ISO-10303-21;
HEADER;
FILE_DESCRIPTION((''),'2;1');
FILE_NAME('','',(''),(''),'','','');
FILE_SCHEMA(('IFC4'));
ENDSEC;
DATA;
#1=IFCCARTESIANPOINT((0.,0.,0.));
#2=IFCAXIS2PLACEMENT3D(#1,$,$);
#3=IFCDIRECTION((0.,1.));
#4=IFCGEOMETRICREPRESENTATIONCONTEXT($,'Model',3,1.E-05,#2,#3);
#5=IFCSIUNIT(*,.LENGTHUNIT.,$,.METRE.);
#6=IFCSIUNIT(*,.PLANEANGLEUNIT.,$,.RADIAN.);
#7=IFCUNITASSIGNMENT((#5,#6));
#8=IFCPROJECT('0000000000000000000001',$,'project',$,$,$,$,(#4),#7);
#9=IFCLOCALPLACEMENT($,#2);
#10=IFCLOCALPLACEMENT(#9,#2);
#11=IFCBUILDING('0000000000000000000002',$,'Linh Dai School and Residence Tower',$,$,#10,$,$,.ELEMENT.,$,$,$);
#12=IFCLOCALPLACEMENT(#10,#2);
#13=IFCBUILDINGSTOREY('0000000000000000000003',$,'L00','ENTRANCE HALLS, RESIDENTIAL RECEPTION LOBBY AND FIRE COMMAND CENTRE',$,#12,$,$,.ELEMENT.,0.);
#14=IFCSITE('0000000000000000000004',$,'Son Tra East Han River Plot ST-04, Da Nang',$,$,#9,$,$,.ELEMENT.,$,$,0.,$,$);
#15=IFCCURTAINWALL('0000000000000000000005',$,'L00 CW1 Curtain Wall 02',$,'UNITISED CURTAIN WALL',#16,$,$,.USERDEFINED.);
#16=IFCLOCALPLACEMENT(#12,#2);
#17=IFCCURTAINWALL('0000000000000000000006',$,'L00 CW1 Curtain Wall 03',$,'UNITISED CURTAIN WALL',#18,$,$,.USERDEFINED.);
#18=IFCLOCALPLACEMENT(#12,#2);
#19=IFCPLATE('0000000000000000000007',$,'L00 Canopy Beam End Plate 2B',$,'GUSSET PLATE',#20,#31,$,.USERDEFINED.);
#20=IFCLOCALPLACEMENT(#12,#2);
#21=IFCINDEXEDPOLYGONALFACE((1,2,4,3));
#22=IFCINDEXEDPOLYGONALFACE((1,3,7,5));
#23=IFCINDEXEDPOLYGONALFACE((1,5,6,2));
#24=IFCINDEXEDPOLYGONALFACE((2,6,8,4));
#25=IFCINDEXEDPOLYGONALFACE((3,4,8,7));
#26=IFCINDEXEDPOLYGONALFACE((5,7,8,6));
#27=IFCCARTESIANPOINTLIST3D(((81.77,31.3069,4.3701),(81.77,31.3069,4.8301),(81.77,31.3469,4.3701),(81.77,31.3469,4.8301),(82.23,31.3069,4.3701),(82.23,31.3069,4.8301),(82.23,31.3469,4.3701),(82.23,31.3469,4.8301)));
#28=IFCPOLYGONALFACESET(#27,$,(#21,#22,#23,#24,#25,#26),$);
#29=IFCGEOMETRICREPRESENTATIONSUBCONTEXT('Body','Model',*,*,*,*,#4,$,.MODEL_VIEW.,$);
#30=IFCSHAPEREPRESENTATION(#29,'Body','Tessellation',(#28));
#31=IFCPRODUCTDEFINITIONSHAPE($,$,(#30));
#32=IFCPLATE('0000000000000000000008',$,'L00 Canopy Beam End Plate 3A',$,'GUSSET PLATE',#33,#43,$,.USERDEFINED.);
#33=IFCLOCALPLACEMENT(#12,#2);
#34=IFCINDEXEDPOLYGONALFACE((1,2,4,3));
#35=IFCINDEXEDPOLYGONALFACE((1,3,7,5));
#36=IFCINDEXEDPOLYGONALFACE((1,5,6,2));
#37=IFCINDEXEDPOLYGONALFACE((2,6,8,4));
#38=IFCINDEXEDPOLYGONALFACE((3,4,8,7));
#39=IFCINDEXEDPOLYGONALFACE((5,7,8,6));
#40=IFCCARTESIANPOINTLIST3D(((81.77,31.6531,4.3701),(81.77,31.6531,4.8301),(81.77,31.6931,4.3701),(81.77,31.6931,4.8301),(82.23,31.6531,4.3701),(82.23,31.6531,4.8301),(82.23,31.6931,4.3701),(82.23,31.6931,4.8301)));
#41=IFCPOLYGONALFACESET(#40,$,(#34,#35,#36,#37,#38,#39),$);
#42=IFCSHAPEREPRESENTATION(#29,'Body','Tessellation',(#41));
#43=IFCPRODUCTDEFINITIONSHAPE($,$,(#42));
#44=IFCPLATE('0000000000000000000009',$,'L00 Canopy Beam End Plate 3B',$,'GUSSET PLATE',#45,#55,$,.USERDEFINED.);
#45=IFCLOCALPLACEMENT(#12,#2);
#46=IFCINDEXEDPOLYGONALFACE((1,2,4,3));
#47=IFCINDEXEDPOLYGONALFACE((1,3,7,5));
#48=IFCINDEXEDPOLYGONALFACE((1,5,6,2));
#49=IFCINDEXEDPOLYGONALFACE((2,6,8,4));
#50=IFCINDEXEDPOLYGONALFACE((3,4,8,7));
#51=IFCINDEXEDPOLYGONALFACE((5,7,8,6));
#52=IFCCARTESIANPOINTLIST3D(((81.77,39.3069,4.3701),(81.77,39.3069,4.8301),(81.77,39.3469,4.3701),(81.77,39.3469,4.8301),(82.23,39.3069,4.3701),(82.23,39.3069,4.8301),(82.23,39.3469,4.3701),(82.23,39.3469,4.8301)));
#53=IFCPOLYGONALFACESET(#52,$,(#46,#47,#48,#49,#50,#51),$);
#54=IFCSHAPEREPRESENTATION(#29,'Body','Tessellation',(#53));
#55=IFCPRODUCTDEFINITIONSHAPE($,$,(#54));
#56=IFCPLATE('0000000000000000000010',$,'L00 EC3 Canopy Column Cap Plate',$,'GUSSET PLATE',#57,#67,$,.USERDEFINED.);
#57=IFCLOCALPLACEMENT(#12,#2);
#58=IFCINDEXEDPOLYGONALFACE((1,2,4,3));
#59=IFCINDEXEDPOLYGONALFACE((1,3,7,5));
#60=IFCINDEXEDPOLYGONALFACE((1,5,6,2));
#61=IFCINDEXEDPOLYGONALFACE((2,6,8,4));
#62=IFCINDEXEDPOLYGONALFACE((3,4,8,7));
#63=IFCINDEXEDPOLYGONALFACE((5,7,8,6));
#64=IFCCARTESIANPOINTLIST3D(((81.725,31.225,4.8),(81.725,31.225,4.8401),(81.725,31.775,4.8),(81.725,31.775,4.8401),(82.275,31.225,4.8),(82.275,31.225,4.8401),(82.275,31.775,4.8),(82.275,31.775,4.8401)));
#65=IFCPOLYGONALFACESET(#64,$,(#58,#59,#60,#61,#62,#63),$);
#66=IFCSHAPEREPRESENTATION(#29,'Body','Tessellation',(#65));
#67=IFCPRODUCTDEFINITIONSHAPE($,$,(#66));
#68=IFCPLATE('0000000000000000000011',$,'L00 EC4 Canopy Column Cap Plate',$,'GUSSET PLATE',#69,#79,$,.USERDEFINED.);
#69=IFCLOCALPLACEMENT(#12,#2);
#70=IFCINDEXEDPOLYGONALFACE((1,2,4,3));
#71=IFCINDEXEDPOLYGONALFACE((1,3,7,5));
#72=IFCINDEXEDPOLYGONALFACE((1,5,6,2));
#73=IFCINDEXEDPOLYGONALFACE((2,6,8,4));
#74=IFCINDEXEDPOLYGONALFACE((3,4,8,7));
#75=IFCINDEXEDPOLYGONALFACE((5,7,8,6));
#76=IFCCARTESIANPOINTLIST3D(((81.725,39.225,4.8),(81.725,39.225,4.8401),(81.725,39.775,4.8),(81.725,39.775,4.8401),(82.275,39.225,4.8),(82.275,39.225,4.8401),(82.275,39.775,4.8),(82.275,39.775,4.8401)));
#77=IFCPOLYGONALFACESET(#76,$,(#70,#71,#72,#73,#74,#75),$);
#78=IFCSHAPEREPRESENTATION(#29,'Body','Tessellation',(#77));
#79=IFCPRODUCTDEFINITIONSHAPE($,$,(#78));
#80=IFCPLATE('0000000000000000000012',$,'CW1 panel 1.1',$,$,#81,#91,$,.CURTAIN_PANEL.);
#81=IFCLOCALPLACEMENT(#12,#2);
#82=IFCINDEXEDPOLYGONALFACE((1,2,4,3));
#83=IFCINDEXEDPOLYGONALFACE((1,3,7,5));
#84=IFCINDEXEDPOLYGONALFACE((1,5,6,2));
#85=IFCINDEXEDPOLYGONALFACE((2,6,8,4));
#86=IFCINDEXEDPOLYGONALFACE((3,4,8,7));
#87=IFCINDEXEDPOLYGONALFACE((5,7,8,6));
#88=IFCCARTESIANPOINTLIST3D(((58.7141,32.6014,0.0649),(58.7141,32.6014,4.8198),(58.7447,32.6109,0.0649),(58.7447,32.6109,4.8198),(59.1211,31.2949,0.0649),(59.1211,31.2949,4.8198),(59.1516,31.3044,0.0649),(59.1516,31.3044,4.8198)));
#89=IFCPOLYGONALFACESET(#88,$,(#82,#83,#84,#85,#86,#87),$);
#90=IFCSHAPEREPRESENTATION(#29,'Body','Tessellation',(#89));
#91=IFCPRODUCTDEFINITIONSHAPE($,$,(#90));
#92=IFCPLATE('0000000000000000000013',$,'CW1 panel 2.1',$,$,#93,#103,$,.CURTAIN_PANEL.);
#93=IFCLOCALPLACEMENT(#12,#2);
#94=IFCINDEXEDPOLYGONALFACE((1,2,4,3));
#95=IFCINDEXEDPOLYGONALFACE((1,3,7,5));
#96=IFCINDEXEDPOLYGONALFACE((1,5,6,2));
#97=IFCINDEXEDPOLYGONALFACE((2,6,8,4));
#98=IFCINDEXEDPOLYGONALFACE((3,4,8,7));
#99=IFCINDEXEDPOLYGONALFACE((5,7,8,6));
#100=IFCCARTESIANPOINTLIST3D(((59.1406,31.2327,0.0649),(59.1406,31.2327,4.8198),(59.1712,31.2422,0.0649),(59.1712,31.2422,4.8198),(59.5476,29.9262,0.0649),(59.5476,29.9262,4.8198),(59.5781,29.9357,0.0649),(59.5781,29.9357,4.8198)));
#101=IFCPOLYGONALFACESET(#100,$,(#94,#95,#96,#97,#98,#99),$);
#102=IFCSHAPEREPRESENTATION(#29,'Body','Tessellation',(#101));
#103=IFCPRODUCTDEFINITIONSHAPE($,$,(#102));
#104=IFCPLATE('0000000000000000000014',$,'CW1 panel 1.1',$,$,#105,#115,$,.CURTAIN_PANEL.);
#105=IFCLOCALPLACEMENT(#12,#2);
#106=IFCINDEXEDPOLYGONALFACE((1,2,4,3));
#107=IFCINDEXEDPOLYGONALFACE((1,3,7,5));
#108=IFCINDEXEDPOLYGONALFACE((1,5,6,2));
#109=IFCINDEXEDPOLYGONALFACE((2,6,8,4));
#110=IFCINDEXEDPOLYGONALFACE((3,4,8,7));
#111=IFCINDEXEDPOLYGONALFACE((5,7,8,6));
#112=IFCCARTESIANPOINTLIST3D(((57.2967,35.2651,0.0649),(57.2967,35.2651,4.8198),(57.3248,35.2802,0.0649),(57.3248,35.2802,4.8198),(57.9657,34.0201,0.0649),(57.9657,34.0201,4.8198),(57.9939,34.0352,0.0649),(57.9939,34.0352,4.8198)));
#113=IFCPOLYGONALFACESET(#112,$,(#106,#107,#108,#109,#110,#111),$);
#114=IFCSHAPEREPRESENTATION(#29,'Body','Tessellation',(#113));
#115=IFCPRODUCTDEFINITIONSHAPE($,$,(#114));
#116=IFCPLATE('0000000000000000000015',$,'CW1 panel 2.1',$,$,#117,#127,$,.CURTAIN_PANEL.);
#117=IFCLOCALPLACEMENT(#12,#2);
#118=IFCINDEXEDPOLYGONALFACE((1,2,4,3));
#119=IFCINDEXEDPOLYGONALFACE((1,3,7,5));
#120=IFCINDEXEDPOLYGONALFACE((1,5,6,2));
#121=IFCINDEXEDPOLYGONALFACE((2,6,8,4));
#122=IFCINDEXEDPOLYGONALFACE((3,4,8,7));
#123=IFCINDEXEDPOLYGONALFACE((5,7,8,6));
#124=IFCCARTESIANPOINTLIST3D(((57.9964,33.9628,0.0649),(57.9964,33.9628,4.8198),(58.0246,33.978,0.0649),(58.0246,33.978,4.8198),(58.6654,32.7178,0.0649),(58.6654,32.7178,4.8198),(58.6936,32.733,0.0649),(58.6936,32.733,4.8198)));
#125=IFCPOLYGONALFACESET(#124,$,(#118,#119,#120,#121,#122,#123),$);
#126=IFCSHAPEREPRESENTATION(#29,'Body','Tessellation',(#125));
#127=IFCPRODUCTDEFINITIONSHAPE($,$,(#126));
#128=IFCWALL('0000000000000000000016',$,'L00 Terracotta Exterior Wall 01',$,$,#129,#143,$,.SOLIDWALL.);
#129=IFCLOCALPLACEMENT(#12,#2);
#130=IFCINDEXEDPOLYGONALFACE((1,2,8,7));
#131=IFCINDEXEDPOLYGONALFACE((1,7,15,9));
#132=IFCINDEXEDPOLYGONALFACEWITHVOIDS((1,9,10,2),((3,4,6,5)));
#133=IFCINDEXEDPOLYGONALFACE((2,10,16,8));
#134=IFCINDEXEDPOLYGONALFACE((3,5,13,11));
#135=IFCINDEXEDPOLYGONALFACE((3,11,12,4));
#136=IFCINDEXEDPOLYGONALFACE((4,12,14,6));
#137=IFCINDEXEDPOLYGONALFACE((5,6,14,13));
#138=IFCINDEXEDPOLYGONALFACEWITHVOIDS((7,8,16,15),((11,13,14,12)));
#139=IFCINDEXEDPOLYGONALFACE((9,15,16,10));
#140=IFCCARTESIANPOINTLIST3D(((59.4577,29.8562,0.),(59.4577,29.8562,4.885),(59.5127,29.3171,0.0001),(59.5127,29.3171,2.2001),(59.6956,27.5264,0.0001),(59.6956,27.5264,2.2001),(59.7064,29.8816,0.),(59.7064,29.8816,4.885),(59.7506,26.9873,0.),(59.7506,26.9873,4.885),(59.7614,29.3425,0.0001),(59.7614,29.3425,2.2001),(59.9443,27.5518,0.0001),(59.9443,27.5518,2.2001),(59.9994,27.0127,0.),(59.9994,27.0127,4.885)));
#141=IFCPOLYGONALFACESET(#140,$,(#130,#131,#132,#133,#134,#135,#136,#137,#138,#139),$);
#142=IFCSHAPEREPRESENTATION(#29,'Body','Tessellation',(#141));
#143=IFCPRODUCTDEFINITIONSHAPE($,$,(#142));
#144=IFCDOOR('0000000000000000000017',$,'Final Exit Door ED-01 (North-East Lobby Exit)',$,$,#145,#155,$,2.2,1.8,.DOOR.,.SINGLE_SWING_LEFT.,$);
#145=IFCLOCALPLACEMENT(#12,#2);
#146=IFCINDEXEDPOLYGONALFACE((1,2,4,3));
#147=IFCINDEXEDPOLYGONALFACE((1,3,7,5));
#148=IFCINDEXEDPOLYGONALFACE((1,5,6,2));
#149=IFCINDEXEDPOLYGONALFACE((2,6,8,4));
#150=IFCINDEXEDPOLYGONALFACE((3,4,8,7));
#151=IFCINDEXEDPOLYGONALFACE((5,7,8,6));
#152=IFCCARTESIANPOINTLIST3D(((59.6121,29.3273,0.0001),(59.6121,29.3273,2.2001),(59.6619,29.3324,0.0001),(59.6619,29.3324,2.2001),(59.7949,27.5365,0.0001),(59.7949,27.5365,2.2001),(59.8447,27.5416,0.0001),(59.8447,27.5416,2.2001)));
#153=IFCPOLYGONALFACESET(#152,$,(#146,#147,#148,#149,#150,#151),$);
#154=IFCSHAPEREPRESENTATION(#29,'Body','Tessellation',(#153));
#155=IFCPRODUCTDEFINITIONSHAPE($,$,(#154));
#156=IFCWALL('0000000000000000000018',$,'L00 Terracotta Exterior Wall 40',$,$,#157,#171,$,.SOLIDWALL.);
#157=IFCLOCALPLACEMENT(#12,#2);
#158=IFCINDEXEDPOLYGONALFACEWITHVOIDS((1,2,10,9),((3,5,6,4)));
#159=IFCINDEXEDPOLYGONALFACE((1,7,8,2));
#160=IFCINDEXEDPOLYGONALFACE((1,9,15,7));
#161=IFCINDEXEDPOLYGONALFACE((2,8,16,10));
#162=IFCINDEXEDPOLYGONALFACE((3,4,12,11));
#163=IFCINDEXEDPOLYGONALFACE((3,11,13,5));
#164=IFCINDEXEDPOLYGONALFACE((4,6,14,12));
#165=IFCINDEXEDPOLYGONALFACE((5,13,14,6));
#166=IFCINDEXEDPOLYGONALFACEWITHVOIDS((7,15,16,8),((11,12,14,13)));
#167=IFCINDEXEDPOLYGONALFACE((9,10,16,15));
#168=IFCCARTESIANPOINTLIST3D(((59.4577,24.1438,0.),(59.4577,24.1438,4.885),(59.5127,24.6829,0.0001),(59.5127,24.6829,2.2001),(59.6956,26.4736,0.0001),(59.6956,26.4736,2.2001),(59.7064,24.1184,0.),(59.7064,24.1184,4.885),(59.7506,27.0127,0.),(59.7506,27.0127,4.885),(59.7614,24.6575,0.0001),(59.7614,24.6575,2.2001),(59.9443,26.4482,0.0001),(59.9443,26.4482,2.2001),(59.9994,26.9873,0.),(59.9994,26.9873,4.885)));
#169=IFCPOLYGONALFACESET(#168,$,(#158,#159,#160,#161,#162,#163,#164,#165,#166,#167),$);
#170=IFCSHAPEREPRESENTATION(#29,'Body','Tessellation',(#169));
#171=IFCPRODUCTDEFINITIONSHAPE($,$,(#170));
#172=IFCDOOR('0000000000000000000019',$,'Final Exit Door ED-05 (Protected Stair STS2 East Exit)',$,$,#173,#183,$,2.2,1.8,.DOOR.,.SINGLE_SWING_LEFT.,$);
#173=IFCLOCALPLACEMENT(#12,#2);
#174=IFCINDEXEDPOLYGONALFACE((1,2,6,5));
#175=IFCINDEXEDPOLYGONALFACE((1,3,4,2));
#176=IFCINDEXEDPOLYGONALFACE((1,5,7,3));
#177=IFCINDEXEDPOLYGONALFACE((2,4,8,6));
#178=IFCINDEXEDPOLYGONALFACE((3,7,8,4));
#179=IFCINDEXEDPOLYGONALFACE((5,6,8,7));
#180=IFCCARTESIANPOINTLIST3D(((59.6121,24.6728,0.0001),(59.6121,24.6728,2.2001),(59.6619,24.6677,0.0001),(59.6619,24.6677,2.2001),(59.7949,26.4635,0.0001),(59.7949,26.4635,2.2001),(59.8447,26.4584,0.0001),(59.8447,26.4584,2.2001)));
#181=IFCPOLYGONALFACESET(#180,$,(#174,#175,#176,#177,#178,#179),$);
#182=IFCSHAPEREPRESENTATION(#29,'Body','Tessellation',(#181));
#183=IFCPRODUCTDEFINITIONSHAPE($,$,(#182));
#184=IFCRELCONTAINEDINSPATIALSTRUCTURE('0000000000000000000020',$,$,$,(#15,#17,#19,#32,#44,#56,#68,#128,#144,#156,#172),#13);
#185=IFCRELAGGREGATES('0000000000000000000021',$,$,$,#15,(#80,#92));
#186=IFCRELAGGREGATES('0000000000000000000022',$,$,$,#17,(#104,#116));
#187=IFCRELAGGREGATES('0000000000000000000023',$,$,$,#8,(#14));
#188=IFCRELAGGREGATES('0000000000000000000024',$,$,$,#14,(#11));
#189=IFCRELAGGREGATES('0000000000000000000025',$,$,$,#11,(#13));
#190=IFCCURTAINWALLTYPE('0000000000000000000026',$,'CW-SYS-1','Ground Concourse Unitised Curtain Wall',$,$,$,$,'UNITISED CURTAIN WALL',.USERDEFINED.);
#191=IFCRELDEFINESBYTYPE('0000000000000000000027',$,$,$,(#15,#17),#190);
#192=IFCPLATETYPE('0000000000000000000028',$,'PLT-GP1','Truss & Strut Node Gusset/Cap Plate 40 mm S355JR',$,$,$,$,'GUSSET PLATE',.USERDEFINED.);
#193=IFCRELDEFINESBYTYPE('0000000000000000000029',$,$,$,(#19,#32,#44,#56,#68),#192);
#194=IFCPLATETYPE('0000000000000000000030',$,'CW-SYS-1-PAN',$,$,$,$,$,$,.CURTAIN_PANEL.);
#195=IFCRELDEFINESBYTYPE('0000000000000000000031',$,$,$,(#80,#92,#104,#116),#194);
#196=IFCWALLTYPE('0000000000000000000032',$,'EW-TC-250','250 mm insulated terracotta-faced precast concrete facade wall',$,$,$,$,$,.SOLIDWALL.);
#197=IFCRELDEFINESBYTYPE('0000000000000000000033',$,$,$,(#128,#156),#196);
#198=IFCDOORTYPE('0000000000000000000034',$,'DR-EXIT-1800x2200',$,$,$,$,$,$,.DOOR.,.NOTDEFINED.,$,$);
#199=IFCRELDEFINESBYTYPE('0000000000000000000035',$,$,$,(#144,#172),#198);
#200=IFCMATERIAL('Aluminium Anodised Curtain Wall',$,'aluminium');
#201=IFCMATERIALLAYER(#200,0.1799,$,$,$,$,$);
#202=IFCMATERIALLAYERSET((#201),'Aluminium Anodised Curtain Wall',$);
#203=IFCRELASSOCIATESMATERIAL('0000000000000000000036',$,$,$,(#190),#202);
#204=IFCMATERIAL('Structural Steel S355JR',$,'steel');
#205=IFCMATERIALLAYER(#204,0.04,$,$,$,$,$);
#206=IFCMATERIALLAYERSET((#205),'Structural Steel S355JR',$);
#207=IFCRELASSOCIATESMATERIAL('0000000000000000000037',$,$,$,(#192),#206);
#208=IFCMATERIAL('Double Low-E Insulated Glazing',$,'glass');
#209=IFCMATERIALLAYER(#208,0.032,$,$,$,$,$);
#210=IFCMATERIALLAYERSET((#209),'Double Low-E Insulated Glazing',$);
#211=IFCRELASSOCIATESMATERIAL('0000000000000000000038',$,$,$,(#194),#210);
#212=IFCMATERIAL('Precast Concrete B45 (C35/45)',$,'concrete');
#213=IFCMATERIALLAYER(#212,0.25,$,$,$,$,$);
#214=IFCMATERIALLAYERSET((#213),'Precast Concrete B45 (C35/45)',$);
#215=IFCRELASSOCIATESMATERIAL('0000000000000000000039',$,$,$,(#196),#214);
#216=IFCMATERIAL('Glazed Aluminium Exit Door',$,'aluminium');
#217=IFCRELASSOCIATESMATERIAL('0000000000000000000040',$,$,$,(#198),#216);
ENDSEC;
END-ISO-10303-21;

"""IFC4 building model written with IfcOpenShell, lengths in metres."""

from ifc_helpers import new_model, si_unit, direction, frame, frame_2d, origin, origin_2d, place, context, subcontext, project, spatial, rectangle, extrude, source, transform, mapped, material, layer, layer_set, type_object, element, fill, aggregate, save


model = new_model("IFC4")

# Units and contexts
model_context = context("Model", 3, precision=1e-05, world=origin(), true_north=direction((0.0, 1.0)))
body_context = subcontext(model_context, "Body", "Model", "MODEL_VIEW")
ifc_project = project(units=[si_unit("LENGTHUNIT", "METRE"), si_unit("PLANEANGLEUNIT", "RADIAN")], contexts=[model_context])

# Site, building, storey
site_placement = place(None, origin())
site = spatial("IfcSite", under=ifc_project, at=site_placement, Name="Son Tra East Han River Plot ST-04, Da Nang", CompositionType="ELEMENT", RefElevation=0.0)
building_placement = place(site_placement, origin())
building = spatial("IfcBuilding", under=site, at=building_placement, Name="Linh Dai School and Residence Tower", CompositionType="ELEMENT")
storey_placement = place(building_placement, origin())
storey = spatial("IfcBuildingStorey", under=building, at=storey_placement, Name="L00", Description="ENTRANCE HALLS, RESIDENTIAL RECEPTION LOBBY AND FIRE COMMAND CENTRE", CompositionType="ELEMENT", Elevation=0.0)

# Shared definitions
ifc_material_1 = material(Name="Structural Steel S355JR", Category="steel")

# Curtain walls
ifc_material_2 = material(Name="Aluminium Anodised Curtain Wall", Category="aluminium")
ifc_layer_1 = layer(ifc_material_2, 0.1799)
ifc_layer_set_1 = layer_set([ifc_layer_1], Name="Aluminium Anodised Curtain Wall")
curtain_wall_type = type_object("IfcCurtainWallType", Name="CW-SYS-1", Description="Ground Concourse Unitised Curtain Wall", ElementType="UNITISED CURTAIN WALL", PredefinedType="USERDEFINED", material=ifc_layer_set_1)
curtain_wall_1_placement = place(storey_placement, origin())
curtain_wall_1 = element("IfcCurtainWall", 1, at=curtain_wall_1_placement, inside=storey, type_object=curtain_wall_type, Name="L00 CW1 Curtain Wall 02", ObjectType="UNITISED CURTAIN WALL", PredefinedType="USERDEFINED")
curtain_wall_2_placement = place(storey_placement, origin())
curtain_wall_2 = element("IfcCurtainWall", 2, at=curtain_wall_2_placement, inside=storey, type_object=curtain_wall_type, Name="L00 CW1 Curtain Wall 03", ObjectType="UNITISED CURTAIN WALL", PredefinedType="USERDEFINED")

# Plates
ifc_layer_2 = layer(ifc_material_1, 0.04)
ifc_layer_set_2 = layer_set([ifc_layer_2], Name="Structural Steel S355JR")
plate_type_1 = type_object("IfcPlateType", Name="PLT-GP1", Description="Truss & Strut Node Gusset/Cap Plate 40 mm S355JR", ElementType="GUSSET PLATE", PredefinedType="USERDEFINED", material=ifc_layer_set_2)
shared_shape_1 = source(origin(), body_context, "Body", "SweptSolid", [
    extrude(rectangle(XDim=0.46, YDim=0.04, at=origin_2d()), origin(), (0.0, 0.0, 1.0), 0.46),
])
for number, where, z_axis, x_axis, name in (
    (3, (82.0, 31.3269, 4.3701), (0.0, 0.0, 1.0), (1.0, 0.0, 0.0), "L00 Canopy Beam End Plate 2B"),
    (4, (82.0, 31.6731, 4.3701), (0.0, 0.0, 1.0), (1.0, 0.0, 0.0), "L00 Canopy Beam End Plate 3A"),
    (5, (82.0, 39.3269, 4.3701), (0.0, 0.0, 1.0), (1.0, 0.0, 0.0), "L00 Canopy Beam End Plate 3B"),
):
    element("IfcPlate", number, at=place(storey_placement, frame(where, z_axis=z_axis, x_axis=x_axis)), inside=storey, type_object=plate_type_1, Name=name, ObjectType="GUSSET PLATE", PredefinedType="USERDEFINED", context=body_context, shape_type="MappedRepresentation", body=[
        mapped(shared_shape_1, transform((0.0, 0.0, 0.0), x_axis=(1.0, 0.0, 0.0), y_axis=(0.0, 1.0, 0.0), z_axis=(0.0, 0.0, 1.0), scale=1.0)),
    ])
shared_shape_2 = source(origin(), body_context, "Body", "SweptSolid", [
    extrude(rectangle(XDim=0.55, YDim=0.55, at=origin_2d()), origin(), (0.0, 0.0, 1.0), 0.04),
])
for number, where, z_axis, x_axis, name in (
    (6, (82.0, 31.5, 4.8), (0.0, 0.0, 1.0), (1.0, 0.0, 0.0), "L00 EC3 Canopy Column Cap Plate"),
    (7, (82.0, 39.5, 4.8), (0.0, 0.0, 1.0), (1.0, 0.0, 0.0), "L00 EC4 Canopy Column Cap Plate"),
):
    element("IfcPlate", number, at=place(storey_placement, frame(where, z_axis=z_axis, x_axis=x_axis)), inside=storey, type_object=plate_type_1, Name=name, ObjectType="GUSSET PLATE", PredefinedType="USERDEFINED", context=body_context, shape_type="MappedRepresentation", body=[
        mapped(shared_shape_2, transform((0.0, 0.0, 0.0), x_axis=(1.0, 0.0, 0.0), y_axis=(0.0, 1.0, 0.0), z_axis=(0.0, 0.0, 1.0), scale=1.0)),
    ])

# Plates
ifc_material_3 = material(Name="Double Low-E Insulated Glazing", Category="glass")
ifc_layer_3 = layer(ifc_material_3, 0.032)
ifc_layer_set_3 = layer_set([ifc_layer_3], Name="Double Low-E Insulated Glazing")
plate_type_2 = type_object("IfcPlateType", Name="CW-SYS-1-PAN", PredefinedType="CURTAIN_PANEL", material=ifc_layer_set_3)
shared_shape_3 = source(origin(), body_context, "Body", "SweptSolid", [
    extrude(rectangle(XDim=1.3684, YDim=0.032, at=origin_2d()), origin(), (0.0, 0.0, 1.0), 4.7549),
])
plate_1_placement = place(storey_placement, frame((58.9329, 31.9529, 0.0649), z_axis=(0.0, 0.0, 1.0), x_axis=(0.297375, -0.954761, 0.0)))
plate_1 = element("IfcPlate", 8, at=plate_1_placement, type_object=plate_type_2, Name="CW1 panel 1.1", PredefinedType="CURTAIN_PANEL", context=body_context, shape_type="MappedRepresentation", body=[
    mapped(shared_shape_3, transform((0.0, 0.0, 0.0), x_axis=(1.0, 0.0, 0.0), y_axis=(0.0, 1.0, 0.0), z_axis=(0.0, 0.0, 1.0), scale=1.0)),
])
plate_2_placement = place(storey_placement, frame((59.3594, 30.5842, 0.0649), z_axis=(0.0, 0.0, 1.0), x_axis=(0.297375, -0.954761, 0.0)))
plate_2 = element("IfcPlate", 9, at=plate_2_placement, type_object=plate_type_2, Name="CW1 panel 2.1", PredefinedType="CURTAIN_PANEL", context=body_context, shape_type="MappedRepresentation", body=[
    mapped(shared_shape_3, transform((0.0, 0.0, 0.0), x_axis=(1.0, 0.0, 0.0), y_axis=(0.0, 1.0, 0.0), z_axis=(0.0, 0.0, 1.0), scale=1.0)),
])
aggregate(curtain_wall_1, [plate_1, plate_2])
shared_shape_4 = source(origin(), body_context, "Body", "SweptSolid", [
    extrude(rectangle(XDim=1.4133, YDim=0.032, at=origin_2d()), origin(), (0.0, 0.0, 1.0), 4.7549),
])
plate_3_placement = place(storey_placement, frame((57.6453, 34.6501, 0.0649), z_axis=(0.0, 0.0, 1.0), x_axis=(0.473355, -0.880872, 0.0)))
plate_3 = element("IfcPlate", 10, at=plate_3_placement, type_object=plate_type_2, Name="CW1 panel 1.1", PredefinedType="CURTAIN_PANEL", context=body_context, shape_type="MappedRepresentation", body=[
    mapped(shared_shape_4, transform((0.0, 0.0, 0.0), x_axis=(1.0, 0.0, 0.0), y_axis=(0.0, 1.0, 0.0), z_axis=(0.0, 0.0, 1.0), scale=1.0)),
])
plate_4_placement = place(storey_placement, frame((58.345, 33.3479, 0.0649), z_axis=(0.0, 0.0, 1.0), x_axis=(0.473355, -0.880872, 0.0)))
plate_4 = element("IfcPlate", 11, at=plate_4_placement, type_object=plate_type_2, Name="CW1 panel 2.1", PredefinedType="CURTAIN_PANEL", context=body_context, shape_type="MappedRepresentation", body=[
    mapped(shared_shape_4, transform((0.0, 0.0, 0.0), x_axis=(1.0, 0.0, 0.0), y_axis=(0.0, 1.0, 0.0), z_axis=(0.0, 0.0, 1.0), scale=1.0)),
])
aggregate(curtain_wall_2, [plate_3, plate_4])

# Walls, openings, doors
ifc_material_4 = material(Name="Precast Concrete B45 (C35/45)", Category="concrete")
ifc_layer_4 = layer(ifc_material_4, 0.25)
ifc_layer_set_4 = layer_set([ifc_layer_4], Name="Precast Concrete B45 (C35/45)")
wall_type_1 = type_object("IfcWallType", Name="EW-TC-250", Description="250 mm insulated terracotta-faced precast concrete facade wall", PredefinedType="SOLIDWALL", material=ifc_layer_set_4)
wall_1_placement = place(storey_placement, frame((59.582, 29.8689, 0.0), z_axis=(0.0, 0.0, 1.0), x_axis=(0.101591, -0.994826, 0.0)))
wall_1 = element("IfcWall", 12, at=wall_1_placement, inside=storey, type_object=wall_type_1, Name="L00 Terracotta Exterior Wall 01", PredefinedType="SOLIDWALL", context=body_context, shape_type="SweptSolid", body=[
    extrude(rectangle(XDim=2.8838, YDim=0.25, at=frame_2d((1.4419, 0.0))), origin(), (0.0, 0.0, 1.0), 4.885),
])
opening_1_placement = place(wall_1_placement, frame((0.542, 0.0, 0.0)))
opening_1 = element("IfcOpeningElement", 13, at=opening_1_placement, cuts=wall_1, PredefinedType="OPENING", context=body_context, shape_type="SweptSolid", body=[
    extrude(rectangle(XDim=1.8, YDim=2.2, at=origin_2d()), frame((0.8999, 0.135, 1.1001), z_axis=(0.0, -1.0, 0.0), x_axis=(1.0, 0.0, 0.0)), (0.0, 0.0, 1.0), 0.27),
])
ifc_material_5 = material(Name="Glazed Aluminium Exit Door", Category="aluminium")
door_type = type_object("IfcDoorType", Name="DR-EXIT-1800x2200", OperationType="NOTDEFINED", PredefinedType="DOOR", material=ifc_material_5)
shared_shape_5 = source(origin(), body_context, "Body", "SweptSolid", [
    extrude(rectangle(XDim=1.8, YDim=2.2, at=origin_2d()), frame((0.8999, 0.0249, 1.1001), z_axis=(0.0, -1.0, 0.0), x_axis=(1.0, 0.0, 0.0)), (0.0, 0.0, 1.0), 0.05),
])
door_1_placement = place(opening_1_placement, origin())
door_1 = element("IfcDoor", 14, at=door_1_placement, inside=storey, type_object=door_type, Name="Final Exit Door ED-01 (North-East Lobby Exit)", OperationType="SINGLE_SWING_LEFT", OverallHeight=2.2, OverallWidth=1.8, PredefinedType="DOOR", context=body_context, shape_type="MappedRepresentation", body=[
    mapped(shared_shape_5, transform((0.0, 0.0, 0.0), x_axis=(1.0, 0.0, 0.0), y_axis=(0.0, 1.0, 0.0), z_axis=(0.0, 0.0, 1.0), scale=1.0)),
])
fill(opening_1, door_1)
wall_2_placement = place(storey_placement, frame((59.875, 27.0, 0.0), z_axis=(0.0, 0.0, 1.0), x_axis=(-0.101591, -0.994826, 0.0)))
wall_2 = element("IfcWall", 15, at=wall_2_placement, inside=storey, type_object=wall_type_1, Name="L00 Terracotta Exterior Wall 40", PredefinedType="SOLIDWALL", context=body_context, shape_type="SweptSolid", body=[
    extrude(rectangle(XDim=2.8838, YDim=0.25, at=frame_2d((1.4419, 0.0))), origin(), (0.0, 0.0, 1.0), 4.885),
])
opening_2_placement = place(wall_2_placement, frame((0.542, 0.0, 0.0)))
opening_2 = element("IfcOpeningElement", 16, at=opening_2_placement, cuts=wall_2, PredefinedType="OPENING", context=body_context, shape_type="SweptSolid", body=[
    extrude(rectangle(XDim=1.8, YDim=2.2, at=origin_2d()), frame((0.8999, 0.135, 1.1001), z_axis=(0.0, -1.0, 0.0), x_axis=(1.0, 0.0, 0.0)), (0.0, 0.0, 1.0), 0.27),
])
door_2_placement = place(opening_2_placement, origin())
door_2 = element("IfcDoor", 17, at=door_2_placement, inside=storey, type_object=door_type, Name="Final Exit Door ED-05 (Protected Stair STS2 East Exit)", OperationType="SINGLE_SWING_LEFT", OverallHeight=2.2, OverallWidth=1.8, PredefinedType="DOOR", context=body_context, shape_type="MappedRepresentation", body=[
    mapped(shared_shape_5, transform((0.0, 0.0, 0.0), x_axis=(1.0, 0.0, 0.0), y_axis=(0.0, 1.0, 0.0), z_axis=(0.0, 0.0, 1.0), scale=1.0)),
])
fill(opening_2, door_2)

save(model, "model.ifc")
